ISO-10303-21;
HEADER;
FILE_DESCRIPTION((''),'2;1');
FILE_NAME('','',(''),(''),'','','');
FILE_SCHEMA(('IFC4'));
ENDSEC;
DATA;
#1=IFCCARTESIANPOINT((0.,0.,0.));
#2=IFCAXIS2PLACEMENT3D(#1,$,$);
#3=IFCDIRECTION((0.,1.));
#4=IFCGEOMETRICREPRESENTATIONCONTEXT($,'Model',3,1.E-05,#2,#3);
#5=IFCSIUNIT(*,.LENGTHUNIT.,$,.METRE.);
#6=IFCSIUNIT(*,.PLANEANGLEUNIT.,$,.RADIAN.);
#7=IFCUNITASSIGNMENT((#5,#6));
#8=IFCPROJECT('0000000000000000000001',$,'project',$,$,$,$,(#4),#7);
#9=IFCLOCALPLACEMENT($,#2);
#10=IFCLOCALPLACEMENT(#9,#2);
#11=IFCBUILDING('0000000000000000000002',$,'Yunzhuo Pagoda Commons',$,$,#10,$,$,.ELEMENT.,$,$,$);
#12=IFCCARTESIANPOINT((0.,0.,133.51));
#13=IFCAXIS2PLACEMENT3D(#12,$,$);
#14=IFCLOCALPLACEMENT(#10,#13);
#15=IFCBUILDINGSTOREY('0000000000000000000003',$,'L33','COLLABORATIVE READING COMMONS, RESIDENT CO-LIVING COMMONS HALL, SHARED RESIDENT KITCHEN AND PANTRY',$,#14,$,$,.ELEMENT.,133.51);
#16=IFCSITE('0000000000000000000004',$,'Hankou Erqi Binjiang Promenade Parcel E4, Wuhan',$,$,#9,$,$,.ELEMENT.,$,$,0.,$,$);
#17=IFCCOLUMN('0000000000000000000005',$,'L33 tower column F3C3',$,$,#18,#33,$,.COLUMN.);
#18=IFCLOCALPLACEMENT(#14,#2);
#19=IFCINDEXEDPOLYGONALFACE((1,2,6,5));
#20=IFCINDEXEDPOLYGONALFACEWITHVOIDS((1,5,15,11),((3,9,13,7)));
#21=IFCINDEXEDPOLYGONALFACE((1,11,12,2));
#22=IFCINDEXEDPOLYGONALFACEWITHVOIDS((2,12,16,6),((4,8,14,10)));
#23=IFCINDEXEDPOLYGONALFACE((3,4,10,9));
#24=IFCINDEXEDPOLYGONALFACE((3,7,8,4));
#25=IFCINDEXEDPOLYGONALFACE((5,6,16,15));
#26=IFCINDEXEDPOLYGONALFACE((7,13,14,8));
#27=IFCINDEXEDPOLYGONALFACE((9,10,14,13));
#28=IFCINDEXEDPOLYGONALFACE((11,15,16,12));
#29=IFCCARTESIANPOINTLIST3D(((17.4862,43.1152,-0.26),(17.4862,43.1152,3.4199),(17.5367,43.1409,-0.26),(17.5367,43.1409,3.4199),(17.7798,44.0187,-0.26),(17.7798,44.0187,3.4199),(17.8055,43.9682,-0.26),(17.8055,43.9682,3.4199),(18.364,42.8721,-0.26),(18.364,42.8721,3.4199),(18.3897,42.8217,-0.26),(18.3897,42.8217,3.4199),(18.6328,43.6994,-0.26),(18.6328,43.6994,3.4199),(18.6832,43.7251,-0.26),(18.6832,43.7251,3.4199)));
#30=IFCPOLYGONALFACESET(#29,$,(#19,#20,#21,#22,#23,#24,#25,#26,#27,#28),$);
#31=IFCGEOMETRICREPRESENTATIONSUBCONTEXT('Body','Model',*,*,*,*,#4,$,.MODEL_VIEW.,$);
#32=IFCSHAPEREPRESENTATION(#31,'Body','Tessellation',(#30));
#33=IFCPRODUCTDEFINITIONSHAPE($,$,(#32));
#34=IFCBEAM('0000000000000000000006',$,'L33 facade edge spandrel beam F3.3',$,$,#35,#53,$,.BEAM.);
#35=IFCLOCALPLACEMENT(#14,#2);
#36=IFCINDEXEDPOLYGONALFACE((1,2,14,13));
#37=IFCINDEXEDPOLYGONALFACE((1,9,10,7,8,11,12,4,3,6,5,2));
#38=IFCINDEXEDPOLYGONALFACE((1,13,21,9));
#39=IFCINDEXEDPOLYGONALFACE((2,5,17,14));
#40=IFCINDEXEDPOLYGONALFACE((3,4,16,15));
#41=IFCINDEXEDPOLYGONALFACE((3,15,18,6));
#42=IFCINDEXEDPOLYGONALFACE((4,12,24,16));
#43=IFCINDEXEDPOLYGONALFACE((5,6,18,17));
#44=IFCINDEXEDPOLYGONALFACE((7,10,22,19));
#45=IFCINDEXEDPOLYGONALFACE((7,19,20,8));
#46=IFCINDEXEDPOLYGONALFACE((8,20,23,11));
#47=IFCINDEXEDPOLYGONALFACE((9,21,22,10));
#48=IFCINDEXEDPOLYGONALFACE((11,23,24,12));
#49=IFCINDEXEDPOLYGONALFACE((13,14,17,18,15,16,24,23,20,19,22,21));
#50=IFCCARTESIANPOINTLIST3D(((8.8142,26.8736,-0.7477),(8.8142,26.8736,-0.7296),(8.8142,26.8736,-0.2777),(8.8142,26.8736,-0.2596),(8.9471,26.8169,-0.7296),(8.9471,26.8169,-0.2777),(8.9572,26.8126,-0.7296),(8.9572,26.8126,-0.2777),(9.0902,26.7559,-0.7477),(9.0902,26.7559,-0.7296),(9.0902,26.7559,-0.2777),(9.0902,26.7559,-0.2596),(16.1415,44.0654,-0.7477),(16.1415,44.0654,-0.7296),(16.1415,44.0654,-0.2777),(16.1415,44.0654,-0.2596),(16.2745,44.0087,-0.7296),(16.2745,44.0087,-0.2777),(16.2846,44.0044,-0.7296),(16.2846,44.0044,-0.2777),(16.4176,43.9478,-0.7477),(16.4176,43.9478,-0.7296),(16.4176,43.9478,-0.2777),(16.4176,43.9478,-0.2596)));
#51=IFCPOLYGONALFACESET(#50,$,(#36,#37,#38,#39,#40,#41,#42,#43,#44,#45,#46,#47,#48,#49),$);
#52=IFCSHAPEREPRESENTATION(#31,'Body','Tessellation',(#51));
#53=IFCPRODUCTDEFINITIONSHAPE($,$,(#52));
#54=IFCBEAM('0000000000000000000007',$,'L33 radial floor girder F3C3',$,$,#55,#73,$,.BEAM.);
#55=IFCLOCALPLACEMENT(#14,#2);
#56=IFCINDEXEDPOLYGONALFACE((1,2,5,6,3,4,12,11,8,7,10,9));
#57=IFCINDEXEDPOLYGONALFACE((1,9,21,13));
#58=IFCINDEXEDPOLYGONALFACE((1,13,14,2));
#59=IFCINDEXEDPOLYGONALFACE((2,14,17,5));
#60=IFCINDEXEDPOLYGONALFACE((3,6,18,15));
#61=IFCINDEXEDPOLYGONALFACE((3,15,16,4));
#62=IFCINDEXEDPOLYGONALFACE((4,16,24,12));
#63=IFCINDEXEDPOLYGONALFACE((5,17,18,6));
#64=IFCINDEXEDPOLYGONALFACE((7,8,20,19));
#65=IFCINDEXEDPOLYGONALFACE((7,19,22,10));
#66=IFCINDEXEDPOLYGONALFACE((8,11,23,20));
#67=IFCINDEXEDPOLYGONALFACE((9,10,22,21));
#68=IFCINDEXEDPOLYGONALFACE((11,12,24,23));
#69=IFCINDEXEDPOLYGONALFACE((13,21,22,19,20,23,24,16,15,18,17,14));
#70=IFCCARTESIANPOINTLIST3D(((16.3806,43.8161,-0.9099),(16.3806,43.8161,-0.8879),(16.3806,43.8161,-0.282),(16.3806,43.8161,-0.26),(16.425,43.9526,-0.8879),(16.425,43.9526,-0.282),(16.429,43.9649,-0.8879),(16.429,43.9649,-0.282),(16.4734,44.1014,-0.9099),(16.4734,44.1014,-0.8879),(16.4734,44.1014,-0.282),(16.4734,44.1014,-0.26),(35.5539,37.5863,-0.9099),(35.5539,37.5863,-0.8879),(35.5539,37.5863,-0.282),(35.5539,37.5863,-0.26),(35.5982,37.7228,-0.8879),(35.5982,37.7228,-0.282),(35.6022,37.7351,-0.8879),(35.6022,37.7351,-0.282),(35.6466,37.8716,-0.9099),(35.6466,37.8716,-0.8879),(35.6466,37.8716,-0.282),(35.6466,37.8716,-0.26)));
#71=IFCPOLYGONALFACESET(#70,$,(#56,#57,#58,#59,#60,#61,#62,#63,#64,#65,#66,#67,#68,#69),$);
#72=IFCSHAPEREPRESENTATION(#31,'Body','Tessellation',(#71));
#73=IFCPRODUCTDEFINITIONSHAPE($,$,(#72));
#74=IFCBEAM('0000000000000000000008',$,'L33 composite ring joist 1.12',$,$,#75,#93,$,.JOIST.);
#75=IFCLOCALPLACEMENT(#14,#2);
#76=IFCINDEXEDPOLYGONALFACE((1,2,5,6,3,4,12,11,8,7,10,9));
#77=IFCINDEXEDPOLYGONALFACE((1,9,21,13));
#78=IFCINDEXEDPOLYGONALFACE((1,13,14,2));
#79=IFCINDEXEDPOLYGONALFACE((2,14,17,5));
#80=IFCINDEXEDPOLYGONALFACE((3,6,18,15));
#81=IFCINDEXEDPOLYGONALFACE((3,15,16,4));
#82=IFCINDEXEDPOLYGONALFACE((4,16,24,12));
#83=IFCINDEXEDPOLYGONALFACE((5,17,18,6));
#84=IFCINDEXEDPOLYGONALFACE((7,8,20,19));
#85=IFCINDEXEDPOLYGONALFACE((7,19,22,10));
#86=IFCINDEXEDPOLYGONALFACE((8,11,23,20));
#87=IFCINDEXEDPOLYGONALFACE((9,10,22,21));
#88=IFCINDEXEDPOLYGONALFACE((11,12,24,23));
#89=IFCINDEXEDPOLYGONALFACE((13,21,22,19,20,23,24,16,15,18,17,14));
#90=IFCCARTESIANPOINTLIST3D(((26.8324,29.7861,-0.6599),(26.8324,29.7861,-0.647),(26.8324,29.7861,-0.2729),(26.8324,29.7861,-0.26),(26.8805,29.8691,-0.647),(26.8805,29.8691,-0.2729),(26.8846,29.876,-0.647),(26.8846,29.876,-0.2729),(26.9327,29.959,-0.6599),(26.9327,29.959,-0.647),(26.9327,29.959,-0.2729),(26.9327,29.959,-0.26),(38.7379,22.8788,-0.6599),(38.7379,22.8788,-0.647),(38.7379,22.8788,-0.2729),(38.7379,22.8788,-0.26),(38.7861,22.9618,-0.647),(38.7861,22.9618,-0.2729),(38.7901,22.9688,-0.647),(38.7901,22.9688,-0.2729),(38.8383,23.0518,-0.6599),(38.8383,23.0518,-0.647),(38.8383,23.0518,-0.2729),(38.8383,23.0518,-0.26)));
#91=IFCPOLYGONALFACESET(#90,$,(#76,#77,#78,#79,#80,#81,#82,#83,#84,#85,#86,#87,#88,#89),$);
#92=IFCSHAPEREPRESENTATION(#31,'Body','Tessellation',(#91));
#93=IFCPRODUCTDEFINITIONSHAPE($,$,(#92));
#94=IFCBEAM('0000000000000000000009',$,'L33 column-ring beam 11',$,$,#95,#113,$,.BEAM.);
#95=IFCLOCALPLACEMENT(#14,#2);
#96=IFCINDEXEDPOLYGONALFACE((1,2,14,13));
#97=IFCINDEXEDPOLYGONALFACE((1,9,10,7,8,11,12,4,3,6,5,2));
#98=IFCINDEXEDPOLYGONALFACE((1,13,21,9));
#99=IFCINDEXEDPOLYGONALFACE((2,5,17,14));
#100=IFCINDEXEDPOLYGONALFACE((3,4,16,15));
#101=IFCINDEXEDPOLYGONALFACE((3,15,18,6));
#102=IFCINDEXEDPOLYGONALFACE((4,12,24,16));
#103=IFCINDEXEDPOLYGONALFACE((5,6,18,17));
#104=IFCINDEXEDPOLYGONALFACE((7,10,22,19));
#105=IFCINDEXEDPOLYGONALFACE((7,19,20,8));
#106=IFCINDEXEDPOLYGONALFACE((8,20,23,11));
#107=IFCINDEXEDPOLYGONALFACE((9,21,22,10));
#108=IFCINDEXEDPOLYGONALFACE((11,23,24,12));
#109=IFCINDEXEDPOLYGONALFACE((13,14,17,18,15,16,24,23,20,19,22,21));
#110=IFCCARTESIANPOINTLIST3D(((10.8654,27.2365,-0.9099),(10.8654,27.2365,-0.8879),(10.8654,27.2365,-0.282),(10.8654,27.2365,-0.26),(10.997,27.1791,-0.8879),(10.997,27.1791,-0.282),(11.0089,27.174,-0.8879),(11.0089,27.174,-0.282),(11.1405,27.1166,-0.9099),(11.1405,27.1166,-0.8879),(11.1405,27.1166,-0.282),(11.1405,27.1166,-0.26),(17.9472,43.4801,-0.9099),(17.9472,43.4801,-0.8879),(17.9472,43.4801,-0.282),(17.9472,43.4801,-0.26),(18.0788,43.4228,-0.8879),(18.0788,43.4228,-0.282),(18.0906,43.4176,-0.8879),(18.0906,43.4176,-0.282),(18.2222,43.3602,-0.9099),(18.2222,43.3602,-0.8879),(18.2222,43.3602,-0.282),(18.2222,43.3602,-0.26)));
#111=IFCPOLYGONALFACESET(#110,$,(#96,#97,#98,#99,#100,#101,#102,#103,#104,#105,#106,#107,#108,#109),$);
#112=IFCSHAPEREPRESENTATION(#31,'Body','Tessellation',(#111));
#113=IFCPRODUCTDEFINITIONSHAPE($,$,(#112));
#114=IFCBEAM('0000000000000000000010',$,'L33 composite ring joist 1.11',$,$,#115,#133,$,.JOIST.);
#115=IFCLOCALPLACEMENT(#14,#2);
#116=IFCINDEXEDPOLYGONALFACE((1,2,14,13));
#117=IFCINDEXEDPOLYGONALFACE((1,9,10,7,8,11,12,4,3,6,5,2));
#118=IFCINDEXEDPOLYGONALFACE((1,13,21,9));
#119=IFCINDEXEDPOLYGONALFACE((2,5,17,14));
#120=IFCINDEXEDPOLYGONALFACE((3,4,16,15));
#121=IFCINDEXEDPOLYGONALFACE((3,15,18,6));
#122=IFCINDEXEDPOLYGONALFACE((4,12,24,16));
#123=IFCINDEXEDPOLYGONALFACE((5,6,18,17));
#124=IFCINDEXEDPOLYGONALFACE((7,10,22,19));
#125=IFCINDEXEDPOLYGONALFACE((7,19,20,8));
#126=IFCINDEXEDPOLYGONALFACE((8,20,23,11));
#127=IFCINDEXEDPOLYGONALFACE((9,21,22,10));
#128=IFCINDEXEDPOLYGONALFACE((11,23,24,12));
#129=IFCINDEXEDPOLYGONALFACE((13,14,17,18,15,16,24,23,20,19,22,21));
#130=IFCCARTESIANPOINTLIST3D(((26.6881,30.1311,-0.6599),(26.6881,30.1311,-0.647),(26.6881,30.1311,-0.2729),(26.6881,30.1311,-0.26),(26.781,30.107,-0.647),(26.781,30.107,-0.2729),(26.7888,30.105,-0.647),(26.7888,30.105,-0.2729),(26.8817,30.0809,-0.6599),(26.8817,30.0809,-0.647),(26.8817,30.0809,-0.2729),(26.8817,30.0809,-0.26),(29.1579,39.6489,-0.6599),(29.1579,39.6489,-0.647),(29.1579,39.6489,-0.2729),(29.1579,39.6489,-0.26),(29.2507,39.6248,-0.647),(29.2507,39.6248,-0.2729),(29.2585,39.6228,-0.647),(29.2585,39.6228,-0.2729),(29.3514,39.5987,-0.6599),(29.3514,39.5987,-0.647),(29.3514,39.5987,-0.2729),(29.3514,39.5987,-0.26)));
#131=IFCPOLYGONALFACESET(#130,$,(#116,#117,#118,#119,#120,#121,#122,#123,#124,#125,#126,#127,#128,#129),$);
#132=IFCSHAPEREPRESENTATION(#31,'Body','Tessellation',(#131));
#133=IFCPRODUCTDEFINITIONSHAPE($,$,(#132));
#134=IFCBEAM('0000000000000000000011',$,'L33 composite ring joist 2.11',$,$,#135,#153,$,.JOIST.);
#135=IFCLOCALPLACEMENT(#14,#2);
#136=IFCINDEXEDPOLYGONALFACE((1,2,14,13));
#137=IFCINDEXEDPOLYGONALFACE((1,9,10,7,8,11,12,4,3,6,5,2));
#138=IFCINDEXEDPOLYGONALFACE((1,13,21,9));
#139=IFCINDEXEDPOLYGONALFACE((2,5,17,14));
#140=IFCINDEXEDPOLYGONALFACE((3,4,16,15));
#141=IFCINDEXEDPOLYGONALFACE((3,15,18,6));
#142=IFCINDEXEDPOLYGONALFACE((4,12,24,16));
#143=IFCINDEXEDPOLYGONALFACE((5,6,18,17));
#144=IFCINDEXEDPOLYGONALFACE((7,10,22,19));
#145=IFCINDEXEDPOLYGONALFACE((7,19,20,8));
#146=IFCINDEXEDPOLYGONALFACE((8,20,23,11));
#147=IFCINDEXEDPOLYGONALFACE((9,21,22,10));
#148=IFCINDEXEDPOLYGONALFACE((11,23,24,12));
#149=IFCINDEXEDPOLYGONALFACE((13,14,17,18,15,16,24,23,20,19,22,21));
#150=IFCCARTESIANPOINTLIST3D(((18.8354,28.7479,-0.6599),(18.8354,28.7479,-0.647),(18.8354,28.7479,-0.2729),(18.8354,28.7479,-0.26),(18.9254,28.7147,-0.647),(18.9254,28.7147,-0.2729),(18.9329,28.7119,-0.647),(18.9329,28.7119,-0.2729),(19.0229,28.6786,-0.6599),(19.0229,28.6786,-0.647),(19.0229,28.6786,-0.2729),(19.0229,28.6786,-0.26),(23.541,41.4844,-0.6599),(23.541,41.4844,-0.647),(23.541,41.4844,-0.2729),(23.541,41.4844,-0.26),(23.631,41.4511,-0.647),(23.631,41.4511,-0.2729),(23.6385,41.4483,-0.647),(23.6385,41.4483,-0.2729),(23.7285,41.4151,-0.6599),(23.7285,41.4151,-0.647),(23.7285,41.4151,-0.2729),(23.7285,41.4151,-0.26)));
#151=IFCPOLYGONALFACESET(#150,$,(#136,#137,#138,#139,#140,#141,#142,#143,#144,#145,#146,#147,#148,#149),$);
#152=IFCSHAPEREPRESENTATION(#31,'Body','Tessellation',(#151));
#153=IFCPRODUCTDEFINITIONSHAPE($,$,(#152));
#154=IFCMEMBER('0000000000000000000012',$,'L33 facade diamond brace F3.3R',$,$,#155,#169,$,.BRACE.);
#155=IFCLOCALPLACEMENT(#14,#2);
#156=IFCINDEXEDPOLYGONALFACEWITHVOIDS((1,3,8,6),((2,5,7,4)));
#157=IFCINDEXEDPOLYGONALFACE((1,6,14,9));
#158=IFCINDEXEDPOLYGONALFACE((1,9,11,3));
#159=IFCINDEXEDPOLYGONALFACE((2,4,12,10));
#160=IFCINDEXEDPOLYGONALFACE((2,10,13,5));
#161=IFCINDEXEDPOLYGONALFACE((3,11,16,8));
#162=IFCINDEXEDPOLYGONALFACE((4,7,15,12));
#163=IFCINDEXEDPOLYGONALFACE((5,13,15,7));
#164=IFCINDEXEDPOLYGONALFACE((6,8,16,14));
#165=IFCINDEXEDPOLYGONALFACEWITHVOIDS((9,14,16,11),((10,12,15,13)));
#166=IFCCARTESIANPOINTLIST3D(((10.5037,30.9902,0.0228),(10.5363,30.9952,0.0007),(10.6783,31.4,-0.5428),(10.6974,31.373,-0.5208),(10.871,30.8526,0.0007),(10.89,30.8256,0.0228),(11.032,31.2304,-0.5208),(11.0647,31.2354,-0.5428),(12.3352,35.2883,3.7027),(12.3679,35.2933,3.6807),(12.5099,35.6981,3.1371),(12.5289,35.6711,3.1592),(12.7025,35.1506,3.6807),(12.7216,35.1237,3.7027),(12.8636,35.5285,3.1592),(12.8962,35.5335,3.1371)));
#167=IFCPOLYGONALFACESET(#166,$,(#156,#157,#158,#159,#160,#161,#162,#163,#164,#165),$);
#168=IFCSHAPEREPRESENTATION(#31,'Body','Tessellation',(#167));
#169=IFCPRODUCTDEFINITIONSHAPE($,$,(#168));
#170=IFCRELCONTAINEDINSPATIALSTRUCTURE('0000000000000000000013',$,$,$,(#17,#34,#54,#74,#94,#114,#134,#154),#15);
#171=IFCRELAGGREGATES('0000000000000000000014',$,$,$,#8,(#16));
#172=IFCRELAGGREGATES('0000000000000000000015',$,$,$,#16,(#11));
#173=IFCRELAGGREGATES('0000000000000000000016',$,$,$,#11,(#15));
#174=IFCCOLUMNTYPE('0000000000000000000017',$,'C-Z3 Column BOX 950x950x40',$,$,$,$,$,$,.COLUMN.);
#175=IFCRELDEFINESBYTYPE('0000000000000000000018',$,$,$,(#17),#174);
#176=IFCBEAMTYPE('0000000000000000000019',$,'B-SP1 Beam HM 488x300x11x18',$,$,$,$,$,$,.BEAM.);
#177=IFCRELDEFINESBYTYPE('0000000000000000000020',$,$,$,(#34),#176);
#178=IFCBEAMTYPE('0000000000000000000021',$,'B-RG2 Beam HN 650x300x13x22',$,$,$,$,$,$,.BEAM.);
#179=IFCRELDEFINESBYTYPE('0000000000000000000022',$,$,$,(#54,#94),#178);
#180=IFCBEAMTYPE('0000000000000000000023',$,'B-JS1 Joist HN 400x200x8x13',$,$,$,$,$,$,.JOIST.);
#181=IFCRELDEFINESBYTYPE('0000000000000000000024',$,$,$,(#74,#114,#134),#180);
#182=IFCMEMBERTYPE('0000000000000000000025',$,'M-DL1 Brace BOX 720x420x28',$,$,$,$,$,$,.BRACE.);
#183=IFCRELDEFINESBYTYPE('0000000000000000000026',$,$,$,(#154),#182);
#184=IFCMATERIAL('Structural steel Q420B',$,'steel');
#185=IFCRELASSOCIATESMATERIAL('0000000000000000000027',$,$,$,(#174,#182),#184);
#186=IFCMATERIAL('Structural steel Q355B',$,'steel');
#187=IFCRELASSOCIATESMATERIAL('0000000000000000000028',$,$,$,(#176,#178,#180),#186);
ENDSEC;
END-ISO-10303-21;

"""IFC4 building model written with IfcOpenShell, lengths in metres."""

from ifc_helpers import new_model, si_unit, direction, frame, origin, origin_2d, place, context, subcontext, project, spatial, hollow_rectangle, i_section, extrude, source, transform, mapped, material, material_profile, profile_set, type_object, element, save


model = new_model("IFC4")

# Units and contexts
model_context = context("Model", 3, precision=1e-05, world=origin(), true_north=direction((0.0, 1.0)))
body_context = subcontext(model_context, "Body", "Model", "MODEL_VIEW")
ifc_project = project(units=[si_unit("LENGTHUNIT", "METRE"), si_unit("PLANEANGLEUNIT", "RADIAN")], contexts=[model_context])

# Site, building, storey
site_placement = place(None, origin())
site = spatial("IfcSite", under=ifc_project, at=site_placement, Name="Hankou Erqi Binjiang Promenade Parcel E4, Wuhan", CompositionType="ELEMENT", RefElevation=0.0)
building_placement = place(site_placement, origin())
building = spatial("IfcBuilding", under=site, at=building_placement, Name="Yunzhuo Pagoda Commons", CompositionType="ELEMENT")
storey_placement = place(building_placement, frame((0.0, 0.0, 133.51)))
storey = spatial("IfcBuildingStorey", under=building, at=storey_placement, Name="L33", Description="COLLABORATIVE READING COMMONS, RESIDENT CO-LIVING COMMONS HALL, SHARED RESIDENT KITCHEN AND PANTRY", CompositionType="ELEMENT", Elevation=133.51)

# Column
ifc_material_1 = material(Name="Structural steel Q420B", Category="steel")
ifc_material_profile_1 = material_profile(ifc_material_1, hollow_rectangle(XDim=0.95, YDim=0.95, WallThickness=0.04, at=origin_2d()), Name="Structural steel Q420B")
ifc_profile_set_1 = profile_set([ifc_material_profile_1], Name="Structural steel Q420B")
column_type = type_object("IfcColumnType", Name="C-Z3 Column BOX 950x950x40", PredefinedType="COLUMN", material=ifc_profile_set_1)
shared_shape_1 = source(origin(), body_context, "Body", "SweptSolid", [
    extrude(hollow_rectangle(XDim=0.95, YDim=0.95, WallThickness=0.04, at=origin_2d()), origin(), (0.0, 0.0, 1.0), 3.6799),
])
column_placement = place(storey_placement, frame((18.0847, 43.4202, -0.26), z_axis=(0.0, 0.0, 1.0), x_axis=(-0.309017, -0.951057, 0.0)))
element("IfcColumn", 1, at=column_placement, inside=storey, type_object=column_type, Name="L33 tower column F3C3", PredefinedType="COLUMN", context=body_context, shape_type="MappedRepresentation", body=[
    mapped(shared_shape_1, transform((0.0, 0.0, 0.0), scale=1.0)),
])

# Beams
ifc_material_2 = material(Name="Structural steel Q355B", Category="steel")
ifc_material_profile_2 = material_profile(ifc_material_2, i_section(OverallWidth=0.3, OverallDepth=0.488, WebThickness=0.011, FlangeThickness=0.0181, at=origin_2d()), Name="Structural steel Q355B")
ifc_profile_set_2 = profile_set([ifc_material_profile_2], Name="Structural steel Q355B")
beam_type_1 = type_object("IfcBeamType", Name="B-SP1 Beam HM 488x300x11x18", PredefinedType="BEAM", material=ifc_profile_set_2)
shared_shape_2 = source(origin(), body_context, "Body", "SweptSolid", [
    extrude(i_section(OverallWidth=0.3, OverallDepth=0.488, WebThickness=0.011, FlangeThickness=0.0181, at=origin_2d()), origin(), (0.0, 0.0, 1.0), 18.6882),
])
beam_1_placement = place(storey_placement, frame((16.2795, 44.0066, -0.5037), z_axis=(-0.392085, -0.919929, 0.0), x_axis=(0.919929, -0.392085, 0.0)))
element("IfcBeam", 2, at=beam_1_placement, inside=storey, type_object=beam_type_1, Name="L33 facade edge spandrel beam F3.3", PredefinedType="BEAM", context=body_context, shape_type="MappedRepresentation", body=[
    mapped(shared_shape_2, transform((0.0, 0.0, 0.0), scale=1.0)),
])
ifc_material_profile_3 = material_profile(ifc_material_2, i_section(OverallWidth=0.3, OverallDepth=0.6499, WebThickness=0.0129, FlangeThickness=0.022, at=origin_2d()), Name="Structural steel Q355B")
ifc_profile_set_3 = profile_set([ifc_material_profile_3], Name="Structural steel Q355B")
beam_type_2 = type_object("IfcBeamType", Name="B-RG2 Beam HN 650x300x13x22", PredefinedType="BEAM", material=ifc_profile_set_3)
shared_shape_3 = source(origin(), body_context, "Body", "SweptSolid", [
    extrude(i_section(OverallWidth=0.3, OverallDepth=0.6499, WebThickness=0.0129, FlangeThickness=0.022, at=origin_2d()), origin(), (0.0, 0.0, 1.0), 20.1599),
])
beam_2_placement = place(storey_placement, frame((16.427, 43.9587, -0.585), z_axis=(0.951056, -0.309018, 0.0), x_axis=(0.309018, 0.951056, 0.0)))
element("IfcBeam", 3, at=beam_2_placement, inside=storey, type_object=beam_type_2, Name="L33 radial floor girder F3C3", PredefinedType="BEAM", context=body_context, shape_type="MappedRepresentation", body=[
    mapped(shared_shape_3, transform((0.0, 0.0, 0.0), scale=1.0)),
])
ifc_material_profile_4 = material_profile(ifc_material_2, i_section(OverallWidth=0.2, OverallDepth=0.3999, WebThickness=0.0081, FlangeThickness=0.0129, at=origin_2d()), Name="Structural steel Q355B")
ifc_profile_set_4 = profile_set([ifc_material_profile_4], Name="Structural steel Q355B")
beam_type_3 = type_object("IfcBeamType", Name="B-JS1 Joist HN 400x200x8x13", PredefinedType="JOIST", material=ifc_profile_set_4)
shared_shape_4 = source(origin(), body_context, "Body", "SweptSolid", [
    extrude(i_section(OverallWidth=0.2, OverallDepth=0.3999, WebThickness=0.0081, FlangeThickness=0.0129, at=origin_2d()), origin(), (0.0, 0.0, 1.0), 13.7642),
])
beam_3_placement = place(storey_placement, frame((26.8826, 29.8726, -0.46), z_axis=(0.864967, -0.501828, 0.0), x_axis=(0.501828, 0.864967, 0.0)))
element("IfcBeam", 4, at=beam_3_placement, inside=storey, type_object=beam_type_3, Name="L33 composite ring joist 1.12", PredefinedType="JOIST", context=body_context, shape_type="MappedRepresentation", body=[
    mapped(shared_shape_4, transform((0.0, 0.0, 0.0), scale=1.0)),
])
shared_shape_5 = source(origin(), body_context, "Body", "SweptSolid", [
    extrude(i_section(OverallWidth=0.3, OverallDepth=0.6499, WebThickness=0.0129, FlangeThickness=0.022, at=origin_2d()), origin(), (0.0, 0.0, 1.0), 17.7202),
])
beam_4_placement = place(storey_placement, frame((18.0847, 43.4202, -0.585), z_axis=(-0.399643, -0.916671, 0.0), x_axis=(0.916671, -0.399643, 0.0)))
element("IfcBeam", 5, at=beam_4_placement, inside=storey, type_object=beam_type_2, Name="L33 column-ring beam 11", PredefinedType="BEAM", context=body_context, shape_type="MappedRepresentation", body=[
    mapped(shared_shape_5, transform((0.0, 0.0, 0.0), scale=1.0)),
])
shared_shape_6 = source(origin(), body_context, "Body", "SweptSolid", [
    extrude(i_section(OverallWidth=0.2, OverallDepth=0.3999, WebThickness=0.0081, FlangeThickness=0.0129, at=origin_2d()), origin(), (0.0, 0.0, 1.0), 9.833),
])
beam_5_placement = place(storey_placement, frame((29.2546, 39.6238, -0.46), z_axis=(-0.251166, -0.967944, 0.0), x_axis=(0.967944, -0.251166, 0.0)))
element("IfcBeam", 6, at=beam_5_placement, inside=storey, type_object=beam_type_3, Name="L33 composite ring joist 1.11", PredefinedType="JOIST", context=body_context, shape_type="MappedRepresentation", body=[
    mapped(shared_shape_6, transform((0.0, 0.0, 0.0), scale=1.0)),
])
shared_shape_7 = source(origin(), body_context, "Body", "SweptSolid", [
    extrude(i_section(OverallWidth=0.2, OverallDepth=0.3999, WebThickness=0.0081, FlangeThickness=0.0129, at=origin_2d()), origin(), (0.0, 0.0, 1.0), 13.5779),
])
beam_6_placement = place(storey_placement, frame((23.6348, 41.4497, -0.46), z_axis=(-0.346563, -0.938027, 0.0), x_axis=(0.938027, -0.346563, 0.0)))
element("IfcBeam", 7, at=beam_6_placement, inside=storey, type_object=beam_type_3, Name="L33 composite ring joist 2.11", PredefinedType="JOIST", context=body_context, shape_type="MappedRepresentation", body=[
    mapped(shared_shape_7, transform((0.0, 0.0, 0.0), scale=1.0)),
])

# Member
ifc_material_profile_5 = material_profile(ifc_material_1, hollow_rectangle(XDim=0.4199, YDim=0.72, WallThickness=0.0281, at=origin_2d()), Name="Structural steel Q420B")
ifc_profile_set_5 = profile_set([ifc_material_profile_5], Name="Structural steel Q420B")
member_type_1 = type_object("IfcMemberType", Name="M-DL1 Brace BOX 720x420x28", PredefinedType="BRACE", material=ifc_profile_set_5)
shared_shape_8 = source(origin(), body_context, "Body", "SweptSolid", [
    extrude(hollow_rectangle(XDim=0.4199, YDim=0.72, WallThickness=0.0281, at=origin_2d()), origin(), (0.0, 0.0, 1.0), 5.9473),
])
member_1_placement = place(storey_placement, frame((10.7842, 31.1128, -0.26), z_axis=(0.307963, 0.7227, 0.618759), x_axis=(-0.919957, 0.39202, 0.0)))
element("IfcMember", 8, at=member_1_placement, inside=storey, type_object=member_type_1, Name="L33 facade diamond brace F3.3R", PredefinedType="BRACE", context=body_context, shape_type="MappedRepresentation", body=[
    mapped(shared_shape_8, transform((0.0, 0.0, 0.0), scale=1.0)),
])

save(model, "model.ifc")
